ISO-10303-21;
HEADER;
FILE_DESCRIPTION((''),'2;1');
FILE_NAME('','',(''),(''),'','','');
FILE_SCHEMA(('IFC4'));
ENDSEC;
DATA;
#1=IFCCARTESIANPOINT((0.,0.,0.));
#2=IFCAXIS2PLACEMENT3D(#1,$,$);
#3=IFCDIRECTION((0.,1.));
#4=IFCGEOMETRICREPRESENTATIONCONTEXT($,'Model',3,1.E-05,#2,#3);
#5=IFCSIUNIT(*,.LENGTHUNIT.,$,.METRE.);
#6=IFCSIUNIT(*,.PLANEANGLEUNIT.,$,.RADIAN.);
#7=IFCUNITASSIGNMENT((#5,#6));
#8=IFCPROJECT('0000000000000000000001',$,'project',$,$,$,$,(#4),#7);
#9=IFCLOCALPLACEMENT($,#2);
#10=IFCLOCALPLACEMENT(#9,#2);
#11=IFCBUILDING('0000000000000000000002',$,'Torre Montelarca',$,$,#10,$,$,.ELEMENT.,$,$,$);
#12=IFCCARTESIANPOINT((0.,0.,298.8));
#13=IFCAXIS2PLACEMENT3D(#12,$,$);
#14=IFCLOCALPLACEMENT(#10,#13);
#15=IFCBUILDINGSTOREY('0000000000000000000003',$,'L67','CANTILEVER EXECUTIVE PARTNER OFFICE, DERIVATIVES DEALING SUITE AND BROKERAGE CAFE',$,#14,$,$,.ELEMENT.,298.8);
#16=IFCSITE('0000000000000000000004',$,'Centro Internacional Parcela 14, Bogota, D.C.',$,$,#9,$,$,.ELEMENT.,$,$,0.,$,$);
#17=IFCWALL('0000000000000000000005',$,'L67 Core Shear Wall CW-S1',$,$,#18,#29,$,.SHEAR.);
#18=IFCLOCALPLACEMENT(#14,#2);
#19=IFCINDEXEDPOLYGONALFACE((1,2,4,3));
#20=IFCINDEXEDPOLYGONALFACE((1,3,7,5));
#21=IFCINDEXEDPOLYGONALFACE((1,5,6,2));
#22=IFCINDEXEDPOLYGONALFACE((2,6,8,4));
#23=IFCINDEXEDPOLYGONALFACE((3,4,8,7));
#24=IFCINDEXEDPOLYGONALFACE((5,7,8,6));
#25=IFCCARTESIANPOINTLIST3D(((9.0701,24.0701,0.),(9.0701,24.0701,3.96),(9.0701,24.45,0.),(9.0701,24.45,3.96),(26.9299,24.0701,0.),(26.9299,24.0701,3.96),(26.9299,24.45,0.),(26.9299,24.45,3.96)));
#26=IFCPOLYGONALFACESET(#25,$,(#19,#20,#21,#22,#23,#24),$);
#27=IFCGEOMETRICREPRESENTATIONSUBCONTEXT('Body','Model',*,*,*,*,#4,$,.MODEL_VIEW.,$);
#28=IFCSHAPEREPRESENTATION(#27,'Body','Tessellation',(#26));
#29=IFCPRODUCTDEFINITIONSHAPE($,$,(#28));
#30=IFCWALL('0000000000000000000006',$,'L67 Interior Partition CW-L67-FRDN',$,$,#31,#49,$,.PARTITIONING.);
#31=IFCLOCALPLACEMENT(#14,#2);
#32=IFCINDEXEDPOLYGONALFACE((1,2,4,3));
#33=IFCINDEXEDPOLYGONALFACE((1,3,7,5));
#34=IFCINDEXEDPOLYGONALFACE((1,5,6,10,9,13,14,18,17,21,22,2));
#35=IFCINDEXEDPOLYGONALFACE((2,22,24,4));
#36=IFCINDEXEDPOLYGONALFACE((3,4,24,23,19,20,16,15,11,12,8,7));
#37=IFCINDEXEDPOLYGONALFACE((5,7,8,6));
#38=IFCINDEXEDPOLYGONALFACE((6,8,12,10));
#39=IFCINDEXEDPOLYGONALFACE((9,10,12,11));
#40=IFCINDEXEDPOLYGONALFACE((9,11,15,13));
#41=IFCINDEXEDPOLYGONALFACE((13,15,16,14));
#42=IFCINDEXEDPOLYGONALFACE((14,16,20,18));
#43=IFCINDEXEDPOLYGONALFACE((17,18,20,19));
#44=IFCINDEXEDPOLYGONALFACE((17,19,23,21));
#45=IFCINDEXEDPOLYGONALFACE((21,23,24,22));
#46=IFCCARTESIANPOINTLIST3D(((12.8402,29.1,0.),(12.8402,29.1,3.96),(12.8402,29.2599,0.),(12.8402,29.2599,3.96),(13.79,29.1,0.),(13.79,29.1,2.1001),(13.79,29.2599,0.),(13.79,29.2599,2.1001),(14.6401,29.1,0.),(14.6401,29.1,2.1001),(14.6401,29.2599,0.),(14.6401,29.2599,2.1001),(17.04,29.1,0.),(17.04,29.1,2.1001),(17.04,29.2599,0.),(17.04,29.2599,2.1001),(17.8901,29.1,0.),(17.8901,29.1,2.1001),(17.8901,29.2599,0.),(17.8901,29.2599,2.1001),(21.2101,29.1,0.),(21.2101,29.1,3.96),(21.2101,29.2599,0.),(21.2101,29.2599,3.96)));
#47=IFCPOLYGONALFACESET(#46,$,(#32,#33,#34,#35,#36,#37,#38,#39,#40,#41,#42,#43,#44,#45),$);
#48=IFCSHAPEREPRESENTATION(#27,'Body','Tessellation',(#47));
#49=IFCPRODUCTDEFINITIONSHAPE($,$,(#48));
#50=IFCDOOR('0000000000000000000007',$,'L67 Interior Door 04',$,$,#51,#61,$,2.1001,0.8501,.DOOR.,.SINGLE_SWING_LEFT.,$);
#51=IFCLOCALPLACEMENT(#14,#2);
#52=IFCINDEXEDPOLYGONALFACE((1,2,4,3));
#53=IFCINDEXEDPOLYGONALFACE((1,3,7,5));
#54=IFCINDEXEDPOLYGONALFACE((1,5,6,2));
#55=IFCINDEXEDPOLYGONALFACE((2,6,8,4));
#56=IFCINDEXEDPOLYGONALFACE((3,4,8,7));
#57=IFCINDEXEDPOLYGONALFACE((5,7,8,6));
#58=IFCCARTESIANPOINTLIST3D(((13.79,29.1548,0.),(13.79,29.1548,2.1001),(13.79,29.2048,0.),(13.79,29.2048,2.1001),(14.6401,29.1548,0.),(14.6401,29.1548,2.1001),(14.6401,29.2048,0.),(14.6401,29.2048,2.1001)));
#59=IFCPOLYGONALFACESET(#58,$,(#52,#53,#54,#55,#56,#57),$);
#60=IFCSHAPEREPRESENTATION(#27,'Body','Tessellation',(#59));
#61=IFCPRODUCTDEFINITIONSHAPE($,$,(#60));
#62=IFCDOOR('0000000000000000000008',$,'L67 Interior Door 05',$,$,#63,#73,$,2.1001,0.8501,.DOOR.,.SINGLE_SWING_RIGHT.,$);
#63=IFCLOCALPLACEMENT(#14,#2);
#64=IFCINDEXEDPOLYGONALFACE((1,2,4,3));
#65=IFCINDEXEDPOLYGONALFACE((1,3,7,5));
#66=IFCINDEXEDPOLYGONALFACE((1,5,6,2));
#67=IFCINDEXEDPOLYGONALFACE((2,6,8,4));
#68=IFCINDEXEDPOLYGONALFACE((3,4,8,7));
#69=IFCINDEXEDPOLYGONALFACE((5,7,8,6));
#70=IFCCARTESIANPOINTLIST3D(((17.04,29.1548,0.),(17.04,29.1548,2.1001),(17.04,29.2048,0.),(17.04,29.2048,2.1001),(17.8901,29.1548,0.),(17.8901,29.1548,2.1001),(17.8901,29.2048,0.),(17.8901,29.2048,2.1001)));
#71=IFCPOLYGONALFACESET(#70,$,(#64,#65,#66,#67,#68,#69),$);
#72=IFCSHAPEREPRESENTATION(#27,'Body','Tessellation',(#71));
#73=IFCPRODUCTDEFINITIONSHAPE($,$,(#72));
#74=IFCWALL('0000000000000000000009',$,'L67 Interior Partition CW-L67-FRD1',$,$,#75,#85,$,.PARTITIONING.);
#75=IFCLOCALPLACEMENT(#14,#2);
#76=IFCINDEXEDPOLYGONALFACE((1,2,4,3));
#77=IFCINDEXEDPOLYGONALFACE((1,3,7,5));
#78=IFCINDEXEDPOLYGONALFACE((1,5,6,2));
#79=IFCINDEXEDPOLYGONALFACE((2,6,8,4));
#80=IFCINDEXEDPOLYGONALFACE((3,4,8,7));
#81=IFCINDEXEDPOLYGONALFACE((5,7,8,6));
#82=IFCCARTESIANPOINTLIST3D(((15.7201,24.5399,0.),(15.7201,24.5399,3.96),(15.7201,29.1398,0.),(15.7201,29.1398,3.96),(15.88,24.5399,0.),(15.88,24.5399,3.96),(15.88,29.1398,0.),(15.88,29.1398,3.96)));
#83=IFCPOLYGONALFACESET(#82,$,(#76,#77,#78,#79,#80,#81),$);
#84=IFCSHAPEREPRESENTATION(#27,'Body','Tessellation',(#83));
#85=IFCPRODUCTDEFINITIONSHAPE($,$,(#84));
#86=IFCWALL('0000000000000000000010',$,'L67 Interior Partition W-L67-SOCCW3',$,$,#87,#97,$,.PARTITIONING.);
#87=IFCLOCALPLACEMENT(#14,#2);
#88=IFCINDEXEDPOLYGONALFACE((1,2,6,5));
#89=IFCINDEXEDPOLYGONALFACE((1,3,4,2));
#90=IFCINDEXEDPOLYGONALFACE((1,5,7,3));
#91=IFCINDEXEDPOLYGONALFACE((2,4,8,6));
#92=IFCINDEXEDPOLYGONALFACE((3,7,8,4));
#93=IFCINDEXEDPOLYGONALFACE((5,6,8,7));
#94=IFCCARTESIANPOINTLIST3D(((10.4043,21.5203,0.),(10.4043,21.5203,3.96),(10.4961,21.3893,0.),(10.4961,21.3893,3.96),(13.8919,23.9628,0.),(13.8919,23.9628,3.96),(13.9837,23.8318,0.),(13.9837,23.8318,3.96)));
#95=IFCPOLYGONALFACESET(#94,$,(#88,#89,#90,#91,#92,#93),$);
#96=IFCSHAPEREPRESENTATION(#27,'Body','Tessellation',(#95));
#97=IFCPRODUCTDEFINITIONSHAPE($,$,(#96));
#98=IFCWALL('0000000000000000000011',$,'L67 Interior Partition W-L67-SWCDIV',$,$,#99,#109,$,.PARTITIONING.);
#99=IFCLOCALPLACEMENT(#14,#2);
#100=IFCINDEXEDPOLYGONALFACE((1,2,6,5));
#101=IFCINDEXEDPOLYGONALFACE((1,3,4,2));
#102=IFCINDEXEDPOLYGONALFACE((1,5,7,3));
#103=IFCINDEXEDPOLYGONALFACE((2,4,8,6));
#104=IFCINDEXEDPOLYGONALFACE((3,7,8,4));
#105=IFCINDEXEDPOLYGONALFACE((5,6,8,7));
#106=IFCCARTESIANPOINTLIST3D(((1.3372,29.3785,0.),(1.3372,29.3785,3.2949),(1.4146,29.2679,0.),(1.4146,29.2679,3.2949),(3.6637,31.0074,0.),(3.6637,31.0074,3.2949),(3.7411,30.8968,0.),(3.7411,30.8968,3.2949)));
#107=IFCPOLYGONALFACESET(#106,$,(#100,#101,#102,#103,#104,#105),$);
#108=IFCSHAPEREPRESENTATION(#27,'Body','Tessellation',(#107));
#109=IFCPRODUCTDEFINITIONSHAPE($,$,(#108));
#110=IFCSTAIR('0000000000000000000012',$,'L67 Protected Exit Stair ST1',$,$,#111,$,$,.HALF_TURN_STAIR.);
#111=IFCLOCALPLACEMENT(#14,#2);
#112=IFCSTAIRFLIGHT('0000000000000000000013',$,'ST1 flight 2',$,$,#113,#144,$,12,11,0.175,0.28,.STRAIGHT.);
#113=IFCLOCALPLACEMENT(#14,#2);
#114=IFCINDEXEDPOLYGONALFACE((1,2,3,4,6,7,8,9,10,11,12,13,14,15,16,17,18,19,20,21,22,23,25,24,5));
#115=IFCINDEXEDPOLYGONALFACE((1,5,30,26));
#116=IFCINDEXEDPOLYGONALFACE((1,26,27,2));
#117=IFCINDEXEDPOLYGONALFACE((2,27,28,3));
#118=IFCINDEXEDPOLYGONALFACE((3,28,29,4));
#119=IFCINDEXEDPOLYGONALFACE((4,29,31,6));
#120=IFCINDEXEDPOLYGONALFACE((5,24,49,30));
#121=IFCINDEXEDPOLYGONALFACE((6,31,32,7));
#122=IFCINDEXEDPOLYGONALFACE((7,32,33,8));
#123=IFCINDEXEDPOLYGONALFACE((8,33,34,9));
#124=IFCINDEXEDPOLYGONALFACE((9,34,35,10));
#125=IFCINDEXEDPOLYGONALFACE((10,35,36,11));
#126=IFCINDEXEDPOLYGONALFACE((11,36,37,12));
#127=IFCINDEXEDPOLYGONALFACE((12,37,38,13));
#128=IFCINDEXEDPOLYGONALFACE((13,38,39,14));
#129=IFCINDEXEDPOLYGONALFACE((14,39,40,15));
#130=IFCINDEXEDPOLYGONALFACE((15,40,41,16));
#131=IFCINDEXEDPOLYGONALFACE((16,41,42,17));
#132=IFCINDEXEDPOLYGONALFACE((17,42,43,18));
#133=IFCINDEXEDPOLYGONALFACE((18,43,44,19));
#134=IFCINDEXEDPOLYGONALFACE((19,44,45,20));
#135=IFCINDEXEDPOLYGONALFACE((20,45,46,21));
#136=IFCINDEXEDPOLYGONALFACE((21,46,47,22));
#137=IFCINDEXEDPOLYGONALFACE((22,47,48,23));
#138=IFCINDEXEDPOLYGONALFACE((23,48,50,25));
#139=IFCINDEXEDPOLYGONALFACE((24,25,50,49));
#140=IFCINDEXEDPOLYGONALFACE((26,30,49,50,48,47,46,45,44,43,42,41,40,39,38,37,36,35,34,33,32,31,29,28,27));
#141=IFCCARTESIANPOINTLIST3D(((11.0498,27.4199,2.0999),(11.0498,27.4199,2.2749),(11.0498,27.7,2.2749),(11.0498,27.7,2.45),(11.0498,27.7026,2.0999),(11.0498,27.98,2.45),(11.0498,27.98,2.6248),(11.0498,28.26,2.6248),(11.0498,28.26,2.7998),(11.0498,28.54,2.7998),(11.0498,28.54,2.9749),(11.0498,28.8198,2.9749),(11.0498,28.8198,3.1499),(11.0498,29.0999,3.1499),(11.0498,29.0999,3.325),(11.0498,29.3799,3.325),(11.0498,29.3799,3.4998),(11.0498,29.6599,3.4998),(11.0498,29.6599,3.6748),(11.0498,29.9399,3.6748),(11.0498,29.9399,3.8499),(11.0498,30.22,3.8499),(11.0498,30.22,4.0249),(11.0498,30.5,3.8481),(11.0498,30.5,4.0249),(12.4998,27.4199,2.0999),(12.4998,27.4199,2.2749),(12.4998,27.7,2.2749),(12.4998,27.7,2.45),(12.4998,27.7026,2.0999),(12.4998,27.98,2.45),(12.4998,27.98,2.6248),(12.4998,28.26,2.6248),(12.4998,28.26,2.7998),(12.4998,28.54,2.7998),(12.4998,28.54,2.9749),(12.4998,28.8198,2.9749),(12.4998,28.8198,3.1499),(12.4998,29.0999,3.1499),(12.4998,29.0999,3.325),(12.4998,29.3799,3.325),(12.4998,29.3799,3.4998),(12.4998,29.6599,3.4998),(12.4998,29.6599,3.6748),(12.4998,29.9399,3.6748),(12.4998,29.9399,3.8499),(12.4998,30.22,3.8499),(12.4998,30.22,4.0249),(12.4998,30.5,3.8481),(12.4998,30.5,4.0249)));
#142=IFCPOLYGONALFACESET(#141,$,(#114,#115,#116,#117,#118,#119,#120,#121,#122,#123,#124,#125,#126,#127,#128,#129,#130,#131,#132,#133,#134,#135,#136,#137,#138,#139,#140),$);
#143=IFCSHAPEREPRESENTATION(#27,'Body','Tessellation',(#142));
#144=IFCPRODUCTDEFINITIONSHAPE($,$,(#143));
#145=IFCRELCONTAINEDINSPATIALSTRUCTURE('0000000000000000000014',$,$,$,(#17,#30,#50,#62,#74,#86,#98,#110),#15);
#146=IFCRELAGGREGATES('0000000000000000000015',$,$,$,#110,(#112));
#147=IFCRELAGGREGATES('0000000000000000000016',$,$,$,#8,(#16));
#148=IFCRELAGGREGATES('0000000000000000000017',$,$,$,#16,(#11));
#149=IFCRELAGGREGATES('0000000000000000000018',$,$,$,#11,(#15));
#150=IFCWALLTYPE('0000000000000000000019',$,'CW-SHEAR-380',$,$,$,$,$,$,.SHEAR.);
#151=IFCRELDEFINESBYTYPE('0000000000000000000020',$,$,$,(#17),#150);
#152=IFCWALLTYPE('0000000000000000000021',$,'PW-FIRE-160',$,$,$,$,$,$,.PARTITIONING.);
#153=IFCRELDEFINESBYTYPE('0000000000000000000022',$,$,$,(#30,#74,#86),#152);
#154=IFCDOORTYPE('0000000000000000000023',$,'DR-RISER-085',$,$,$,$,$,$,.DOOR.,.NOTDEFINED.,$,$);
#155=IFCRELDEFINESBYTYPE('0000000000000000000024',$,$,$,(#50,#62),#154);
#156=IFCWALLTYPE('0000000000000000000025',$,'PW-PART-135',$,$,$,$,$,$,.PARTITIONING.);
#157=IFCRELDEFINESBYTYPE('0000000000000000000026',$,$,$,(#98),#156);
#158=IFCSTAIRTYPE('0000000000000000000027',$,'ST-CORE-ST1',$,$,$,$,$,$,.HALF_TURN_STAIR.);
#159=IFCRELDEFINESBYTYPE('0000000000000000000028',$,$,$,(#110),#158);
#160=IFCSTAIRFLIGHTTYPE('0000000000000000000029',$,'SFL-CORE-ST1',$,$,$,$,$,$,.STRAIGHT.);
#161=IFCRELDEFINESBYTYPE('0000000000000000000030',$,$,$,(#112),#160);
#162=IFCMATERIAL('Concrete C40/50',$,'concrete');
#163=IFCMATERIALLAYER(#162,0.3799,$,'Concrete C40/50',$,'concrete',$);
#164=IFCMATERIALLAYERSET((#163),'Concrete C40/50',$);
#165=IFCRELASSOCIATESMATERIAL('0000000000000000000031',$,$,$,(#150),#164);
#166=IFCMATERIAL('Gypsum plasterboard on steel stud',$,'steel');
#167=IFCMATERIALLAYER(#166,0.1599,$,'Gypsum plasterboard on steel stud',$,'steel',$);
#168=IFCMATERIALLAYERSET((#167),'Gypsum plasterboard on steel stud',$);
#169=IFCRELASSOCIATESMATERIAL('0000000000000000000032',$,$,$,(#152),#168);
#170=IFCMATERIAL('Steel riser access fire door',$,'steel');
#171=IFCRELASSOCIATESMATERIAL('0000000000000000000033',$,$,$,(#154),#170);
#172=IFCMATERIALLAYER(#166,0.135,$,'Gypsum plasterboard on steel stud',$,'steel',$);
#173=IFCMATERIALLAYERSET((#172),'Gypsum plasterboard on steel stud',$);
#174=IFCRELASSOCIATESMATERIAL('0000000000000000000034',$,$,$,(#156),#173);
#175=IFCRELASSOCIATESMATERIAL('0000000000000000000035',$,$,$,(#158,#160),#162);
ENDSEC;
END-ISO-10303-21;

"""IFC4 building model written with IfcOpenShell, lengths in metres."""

from ifc_helpers import new_model, si_unit, direction, frame, frame_2d, origin, place, context, subcontext, project, spatial, polyline, rectangle, outline, extrude, source, transform, mapped, material, layer, layer_set, type_object, element, fill, aggregate, save


model = new_model("IFC4")

# Units and contexts
model_context = context("Model", 3, precision=1e-05, world=origin(), true_north=direction((0.0, 1.0)))
body_context = subcontext(model_context, "Body", "Model", "MODEL_VIEW")
ifc_project = project(units=[si_unit("LENGTHUNIT", "METRE"), si_unit("PLANEANGLEUNIT", "RADIAN")], contexts=[model_context])

# Site, building, storey
site_placement = place(None, origin())
site = spatial("IfcSite", under=ifc_project, at=site_placement, Name="Centro Internacional Parcela 14, Bogota, D.C.", CompositionType="ELEMENT", RefElevation=0.0)
building_placement = place(site_placement, origin())
building = spatial("IfcBuilding", under=site, at=building_placement, Name="Torre Montelarca", CompositionType="ELEMENT")
storey_placement = place(building_placement, frame((0.0, 0.0, 298.8)))
storey = spatial("IfcBuildingStorey", under=building, at=storey_placement, Name="L67", Description="CANTILEVER EXECUTIVE PARTNER OFFICE, DERIVATIVES DEALING SUITE AND BROKERAGE CAFE", CompositionType="ELEMENT", Elevation=298.8)

# Shared definitions
ifc_material_1 = material(Name="Concrete C40/50", Category="concrete")

# Shared definitions
ifc_layer_1 = layer(ifc_material_1, 0.3799, Name="Concrete C40/50", Category="concrete")
ifc_layer_set_1 = layer_set([ifc_layer_1], Name="Concrete C40/50")
wall_type_1 = type_object("IfcWallType", Name="CW-SHEAR-380", PredefinedType="SHEAR", material=ifc_layer_set_1)

# Wall
wall_1_placement = place(storey_placement, frame((9.0701, 24.26, 0.0), z_axis=(0.0, 0.0, 1.0), x_axis=(1.0, 0.0, 0.0)))
element("IfcWall", 1, at=wall_1_placement, inside=storey, type_object=wall_type_1, Name="L67 Core Shear Wall CW-S1", PredefinedType="SHEAR", context=body_context, shape_type="SweptSolid", body=[
    extrude(rectangle(XDim=17.8599, YDim=0.3799, at=frame_2d((8.9299, 0.0))), origin(), (0.0, 0.0, 1.0), 3.96),
])

# Wall, openings, doors
ifc_material_2 = material(Name="Gypsum plasterboard on steel stud", Category="steel")
ifc_layer_2 = layer(ifc_material_2, 0.1599, Name="Gypsum plasterboard on steel stud", Category="steel")
ifc_layer_set_2 = layer_set([ifc_layer_2], Name="Gypsum plasterboard on steel stud")
wall_type_2 = type_object("IfcWallType", Name="PW-FIRE-160", PredefinedType="PARTITIONING", material=ifc_layer_set_2)
wall_2_placement = place(storey_placement, frame((12.8401, 29.1799, 0.0), z_axis=(0.0, 0.0, 1.0), x_axis=(1.0, 0.0, 0.0)))
wall_2 = element("IfcWall", 2, at=wall_2_placement, inside=storey, type_object=wall_type_2, Name="L67 Interior Partition CW-L67-FRDN", PredefinedType="PARTITIONING", context=body_context, shape_type="SweptSolid", body=[
    extrude(rectangle(XDim=8.3699, YDim=0.1599, at=frame_2d((4.1851, 0.0))), origin(), (0.0, 0.0, 1.0), 3.96),
])
opening_1_placement = place(wall_2_placement, frame((0.95, 0.0, 0.0)))
opening_1 = element("IfcOpeningElement", 3, at=opening_1_placement, cuts=wall_2, PredefinedType="OPENING", context=body_context, shape_type="SweptSolid", body=[
    extrude(rectangle(XDim=0.8501, YDim=2.1001, at=frame_2d((0.425, 1.05))), frame((0.0, 0.0898, 0.0), z_axis=(0.0, -1.0, 0.0), x_axis=(1.0, 0.0, 0.0)), (0.0, 0.0, 1.0), 0.1799),
])
opening_2_placement = place(wall_2_placement, frame((4.2, 0.0, 0.0)))
opening_2 = element("IfcOpeningElement", 4, at=opening_2_placement, cuts=wall_2, PredefinedType="OPENING", context=body_context, shape_type="SweptSolid", body=[
    extrude(rectangle(XDim=0.8501, YDim=2.1001, at=frame_2d((0.425, 1.05))), frame((0.0, 0.0898, 0.0), z_axis=(0.0, -1.0, 0.0), x_axis=(1.0, 0.0, 0.0)), (0.0, 0.0, 1.0), 0.1799),
])
ifc_material_3 = material(Name="Steel riser access fire door", Category="steel")
door_type_1 = type_object("IfcDoorType", Name="DR-RISER-085", OperationType="NOTDEFINED", PredefinedType="DOOR", material=ifc_material_3)
shared_shape_1 = source(origin(), body_context, "Body", "SweptSolid", [
    extrude(rectangle(XDim=0.8501, YDim=2.1001, at=frame_2d((0.425, 1.05))), frame((0.0, 0.0249, 0.0), z_axis=(0.0, -1.0, 0.0), x_axis=(1.0, 0.0, 0.0)), (0.0, 0.0, 1.0), 0.05),
])
door_1_placement = place(opening_1_placement, origin())
door_1 = element("IfcDoor", 5, at=door_1_placement, inside=storey, type_object=door_type_1, Name="L67 Interior Door 04", OperationType="SINGLE_SWING_LEFT", OverallHeight=2.1001, OverallWidth=0.8501, PredefinedType="DOOR", context=body_context, shape_type="MappedRepresentation", body=[
    mapped(shared_shape_1, transform((0.0, 0.0, 0.0), scale=1.0)),
])
fill(opening_1, door_1)
door_2_placement = place(opening_2_placement, origin())
door_2 = element("IfcDoor", 6, at=door_2_placement, inside=storey, type_object=door_type_1, Name="L67 Interior Door 05", OperationType="SINGLE_SWING_RIGHT", OverallHeight=2.1001, OverallWidth=0.8501, PredefinedType="DOOR", context=body_context, shape_type="MappedRepresentation", body=[
    mapped(shared_shape_1, transform((0.0, 0.0, 0.0), scale=1.0)),
])
fill(opening_2, door_2)

# Walls
wall_3_placement = place(storey_placement, frame((15.8, 24.54, 0.0), z_axis=(0.0, 0.0, 1.0), x_axis=(0.0, 1.0, 0.0)))
element("IfcWall", 7, at=wall_3_placement, inside=storey, type_object=wall_type_2, Name="L67 Interior Partition CW-L67-FRD1", PredefinedType="PARTITIONING", context=body_context, shape_type="SweptSolid", body=[
    extrude(rectangle(XDim=4.5999, YDim=0.1599, at=frame_2d((2.2998, 0.0))), origin(), (0.0, 0.0, 1.0), 3.96),
])
wall_4_placement = place(storey_placement, frame((10.4502, 21.4548, 0.0), z_axis=(0.0, 0.0, 1.0), x_axis=(0.819111, 0.573636, 0.0)))
element("IfcWall", 8, at=wall_4_placement, inside=storey, type_object=wall_type_2, Name="L67 Interior Partition W-L67-SOCCW3", PredefinedType="PARTITIONING", context=body_context, shape_type="SweptSolid", body=[
    extrude(rectangle(XDim=4.2578, YDim=0.1599, at=frame_2d((2.1289, 0.0))), origin(), (0.0, 0.0, 1.0), 3.96),
])
ifc_layer_3 = layer(ifc_material_2, 0.135, Name="Gypsum plasterboard on steel stud", Category="steel")
ifc_layer_set_3 = layer_set([ifc_layer_3], Name="Gypsum plasterboard on steel stud")
wall_type_3 = type_object("IfcWallType", Name="PW-PART-135", PredefinedType="PARTITIONING", material=ifc_layer_set_3)
wall_5_placement = place(storey_placement, frame((1.376, 29.3232, 0.0), z_axis=(0.0, 0.0, 1.0), x_axis=(0.819163, 0.57356, 0.0)))
element("IfcWall", 9, at=wall_5_placement, inside=storey, type_object=wall_type_3, Name="L67 Interior Partition W-L67-SWCDIV", PredefinedType="PARTITIONING", context=body_context, shape_type="SweptSolid", body=[
    extrude(rectangle(XDim=2.8401, YDim=0.135, at=frame_2d((1.4199, 0.0))), origin(), (0.0, 0.0, 1.0), 3.2949),
])

# Stair, stair flight
stair_type = type_object("IfcStairType", Name="ST-CORE-ST1", PredefinedType="HALF_TURN_STAIR", material=ifc_material_1)
stair_placement = place(storey_placement, origin())
stair = element("IfcStair", 10, at=stair_placement, inside=storey, type_object=stair_type, Name="L67 Protected Exit Stair ST1", PredefinedType="HALF_TURN_STAIR")
stair_flight_type = type_object("IfcStairFlightType", Name="SFL-CORE-ST1", PredefinedType="STRAIGHT", material=ifc_material_1)
stair_flight_placement = place(storey_placement, frame((11.7749, 27.4199, 2.0999), z_axis=(0.0, 0.0, 1.0), x_axis=(0.0, 1.0, 0.0)))
stair_flight = element("IfcStairFlight", 11, at=stair_flight_placement, type_object=stair_flight_type, Name="ST1 flight 2", NumberOfRisers=12, NumberOfTreads=11, PredefinedType="STRAIGHT", RiserHeight=0.175, TreadLength=0.28, context=body_context, shape_type="SweptSolid", body=[
    extrude(outline(polyline([(0.0, 0.0), (0.0, 0.175), (0.28, 0.175), (0.28, 0.3501), (0.5601, 0.3501), (0.5601, 0.5249), (0.8401, 0.5249), (0.8401, 0.7), (1.1201, 0.7), (1.1201, 0.875), (1.3999, 0.875), (1.3999, 1.05), (1.6799, 1.05), (1.6799, 1.2251), (1.96, 1.2251), (1.96, 1.3999), (2.24, 1.3999), (2.24, 1.575), (2.52, 1.575), (2.52, 1.75), (2.8, 1.75), (2.8, 1.925), (3.0801, 1.925), (3.0801, 2.1001), (3.0801, 1.7483), (0.2827, 0.0), (0.0, 0.0)])), frame((0.0, 0.7251, 0.0), z_axis=(0.0, -1.0, 0.0), x_axis=(1.0, 0.0, 0.0)), (0.0, 0.0, 1.0), 1.45),
])
aggregate(stair, [stair_flight])

save(model, "model.ifc")
